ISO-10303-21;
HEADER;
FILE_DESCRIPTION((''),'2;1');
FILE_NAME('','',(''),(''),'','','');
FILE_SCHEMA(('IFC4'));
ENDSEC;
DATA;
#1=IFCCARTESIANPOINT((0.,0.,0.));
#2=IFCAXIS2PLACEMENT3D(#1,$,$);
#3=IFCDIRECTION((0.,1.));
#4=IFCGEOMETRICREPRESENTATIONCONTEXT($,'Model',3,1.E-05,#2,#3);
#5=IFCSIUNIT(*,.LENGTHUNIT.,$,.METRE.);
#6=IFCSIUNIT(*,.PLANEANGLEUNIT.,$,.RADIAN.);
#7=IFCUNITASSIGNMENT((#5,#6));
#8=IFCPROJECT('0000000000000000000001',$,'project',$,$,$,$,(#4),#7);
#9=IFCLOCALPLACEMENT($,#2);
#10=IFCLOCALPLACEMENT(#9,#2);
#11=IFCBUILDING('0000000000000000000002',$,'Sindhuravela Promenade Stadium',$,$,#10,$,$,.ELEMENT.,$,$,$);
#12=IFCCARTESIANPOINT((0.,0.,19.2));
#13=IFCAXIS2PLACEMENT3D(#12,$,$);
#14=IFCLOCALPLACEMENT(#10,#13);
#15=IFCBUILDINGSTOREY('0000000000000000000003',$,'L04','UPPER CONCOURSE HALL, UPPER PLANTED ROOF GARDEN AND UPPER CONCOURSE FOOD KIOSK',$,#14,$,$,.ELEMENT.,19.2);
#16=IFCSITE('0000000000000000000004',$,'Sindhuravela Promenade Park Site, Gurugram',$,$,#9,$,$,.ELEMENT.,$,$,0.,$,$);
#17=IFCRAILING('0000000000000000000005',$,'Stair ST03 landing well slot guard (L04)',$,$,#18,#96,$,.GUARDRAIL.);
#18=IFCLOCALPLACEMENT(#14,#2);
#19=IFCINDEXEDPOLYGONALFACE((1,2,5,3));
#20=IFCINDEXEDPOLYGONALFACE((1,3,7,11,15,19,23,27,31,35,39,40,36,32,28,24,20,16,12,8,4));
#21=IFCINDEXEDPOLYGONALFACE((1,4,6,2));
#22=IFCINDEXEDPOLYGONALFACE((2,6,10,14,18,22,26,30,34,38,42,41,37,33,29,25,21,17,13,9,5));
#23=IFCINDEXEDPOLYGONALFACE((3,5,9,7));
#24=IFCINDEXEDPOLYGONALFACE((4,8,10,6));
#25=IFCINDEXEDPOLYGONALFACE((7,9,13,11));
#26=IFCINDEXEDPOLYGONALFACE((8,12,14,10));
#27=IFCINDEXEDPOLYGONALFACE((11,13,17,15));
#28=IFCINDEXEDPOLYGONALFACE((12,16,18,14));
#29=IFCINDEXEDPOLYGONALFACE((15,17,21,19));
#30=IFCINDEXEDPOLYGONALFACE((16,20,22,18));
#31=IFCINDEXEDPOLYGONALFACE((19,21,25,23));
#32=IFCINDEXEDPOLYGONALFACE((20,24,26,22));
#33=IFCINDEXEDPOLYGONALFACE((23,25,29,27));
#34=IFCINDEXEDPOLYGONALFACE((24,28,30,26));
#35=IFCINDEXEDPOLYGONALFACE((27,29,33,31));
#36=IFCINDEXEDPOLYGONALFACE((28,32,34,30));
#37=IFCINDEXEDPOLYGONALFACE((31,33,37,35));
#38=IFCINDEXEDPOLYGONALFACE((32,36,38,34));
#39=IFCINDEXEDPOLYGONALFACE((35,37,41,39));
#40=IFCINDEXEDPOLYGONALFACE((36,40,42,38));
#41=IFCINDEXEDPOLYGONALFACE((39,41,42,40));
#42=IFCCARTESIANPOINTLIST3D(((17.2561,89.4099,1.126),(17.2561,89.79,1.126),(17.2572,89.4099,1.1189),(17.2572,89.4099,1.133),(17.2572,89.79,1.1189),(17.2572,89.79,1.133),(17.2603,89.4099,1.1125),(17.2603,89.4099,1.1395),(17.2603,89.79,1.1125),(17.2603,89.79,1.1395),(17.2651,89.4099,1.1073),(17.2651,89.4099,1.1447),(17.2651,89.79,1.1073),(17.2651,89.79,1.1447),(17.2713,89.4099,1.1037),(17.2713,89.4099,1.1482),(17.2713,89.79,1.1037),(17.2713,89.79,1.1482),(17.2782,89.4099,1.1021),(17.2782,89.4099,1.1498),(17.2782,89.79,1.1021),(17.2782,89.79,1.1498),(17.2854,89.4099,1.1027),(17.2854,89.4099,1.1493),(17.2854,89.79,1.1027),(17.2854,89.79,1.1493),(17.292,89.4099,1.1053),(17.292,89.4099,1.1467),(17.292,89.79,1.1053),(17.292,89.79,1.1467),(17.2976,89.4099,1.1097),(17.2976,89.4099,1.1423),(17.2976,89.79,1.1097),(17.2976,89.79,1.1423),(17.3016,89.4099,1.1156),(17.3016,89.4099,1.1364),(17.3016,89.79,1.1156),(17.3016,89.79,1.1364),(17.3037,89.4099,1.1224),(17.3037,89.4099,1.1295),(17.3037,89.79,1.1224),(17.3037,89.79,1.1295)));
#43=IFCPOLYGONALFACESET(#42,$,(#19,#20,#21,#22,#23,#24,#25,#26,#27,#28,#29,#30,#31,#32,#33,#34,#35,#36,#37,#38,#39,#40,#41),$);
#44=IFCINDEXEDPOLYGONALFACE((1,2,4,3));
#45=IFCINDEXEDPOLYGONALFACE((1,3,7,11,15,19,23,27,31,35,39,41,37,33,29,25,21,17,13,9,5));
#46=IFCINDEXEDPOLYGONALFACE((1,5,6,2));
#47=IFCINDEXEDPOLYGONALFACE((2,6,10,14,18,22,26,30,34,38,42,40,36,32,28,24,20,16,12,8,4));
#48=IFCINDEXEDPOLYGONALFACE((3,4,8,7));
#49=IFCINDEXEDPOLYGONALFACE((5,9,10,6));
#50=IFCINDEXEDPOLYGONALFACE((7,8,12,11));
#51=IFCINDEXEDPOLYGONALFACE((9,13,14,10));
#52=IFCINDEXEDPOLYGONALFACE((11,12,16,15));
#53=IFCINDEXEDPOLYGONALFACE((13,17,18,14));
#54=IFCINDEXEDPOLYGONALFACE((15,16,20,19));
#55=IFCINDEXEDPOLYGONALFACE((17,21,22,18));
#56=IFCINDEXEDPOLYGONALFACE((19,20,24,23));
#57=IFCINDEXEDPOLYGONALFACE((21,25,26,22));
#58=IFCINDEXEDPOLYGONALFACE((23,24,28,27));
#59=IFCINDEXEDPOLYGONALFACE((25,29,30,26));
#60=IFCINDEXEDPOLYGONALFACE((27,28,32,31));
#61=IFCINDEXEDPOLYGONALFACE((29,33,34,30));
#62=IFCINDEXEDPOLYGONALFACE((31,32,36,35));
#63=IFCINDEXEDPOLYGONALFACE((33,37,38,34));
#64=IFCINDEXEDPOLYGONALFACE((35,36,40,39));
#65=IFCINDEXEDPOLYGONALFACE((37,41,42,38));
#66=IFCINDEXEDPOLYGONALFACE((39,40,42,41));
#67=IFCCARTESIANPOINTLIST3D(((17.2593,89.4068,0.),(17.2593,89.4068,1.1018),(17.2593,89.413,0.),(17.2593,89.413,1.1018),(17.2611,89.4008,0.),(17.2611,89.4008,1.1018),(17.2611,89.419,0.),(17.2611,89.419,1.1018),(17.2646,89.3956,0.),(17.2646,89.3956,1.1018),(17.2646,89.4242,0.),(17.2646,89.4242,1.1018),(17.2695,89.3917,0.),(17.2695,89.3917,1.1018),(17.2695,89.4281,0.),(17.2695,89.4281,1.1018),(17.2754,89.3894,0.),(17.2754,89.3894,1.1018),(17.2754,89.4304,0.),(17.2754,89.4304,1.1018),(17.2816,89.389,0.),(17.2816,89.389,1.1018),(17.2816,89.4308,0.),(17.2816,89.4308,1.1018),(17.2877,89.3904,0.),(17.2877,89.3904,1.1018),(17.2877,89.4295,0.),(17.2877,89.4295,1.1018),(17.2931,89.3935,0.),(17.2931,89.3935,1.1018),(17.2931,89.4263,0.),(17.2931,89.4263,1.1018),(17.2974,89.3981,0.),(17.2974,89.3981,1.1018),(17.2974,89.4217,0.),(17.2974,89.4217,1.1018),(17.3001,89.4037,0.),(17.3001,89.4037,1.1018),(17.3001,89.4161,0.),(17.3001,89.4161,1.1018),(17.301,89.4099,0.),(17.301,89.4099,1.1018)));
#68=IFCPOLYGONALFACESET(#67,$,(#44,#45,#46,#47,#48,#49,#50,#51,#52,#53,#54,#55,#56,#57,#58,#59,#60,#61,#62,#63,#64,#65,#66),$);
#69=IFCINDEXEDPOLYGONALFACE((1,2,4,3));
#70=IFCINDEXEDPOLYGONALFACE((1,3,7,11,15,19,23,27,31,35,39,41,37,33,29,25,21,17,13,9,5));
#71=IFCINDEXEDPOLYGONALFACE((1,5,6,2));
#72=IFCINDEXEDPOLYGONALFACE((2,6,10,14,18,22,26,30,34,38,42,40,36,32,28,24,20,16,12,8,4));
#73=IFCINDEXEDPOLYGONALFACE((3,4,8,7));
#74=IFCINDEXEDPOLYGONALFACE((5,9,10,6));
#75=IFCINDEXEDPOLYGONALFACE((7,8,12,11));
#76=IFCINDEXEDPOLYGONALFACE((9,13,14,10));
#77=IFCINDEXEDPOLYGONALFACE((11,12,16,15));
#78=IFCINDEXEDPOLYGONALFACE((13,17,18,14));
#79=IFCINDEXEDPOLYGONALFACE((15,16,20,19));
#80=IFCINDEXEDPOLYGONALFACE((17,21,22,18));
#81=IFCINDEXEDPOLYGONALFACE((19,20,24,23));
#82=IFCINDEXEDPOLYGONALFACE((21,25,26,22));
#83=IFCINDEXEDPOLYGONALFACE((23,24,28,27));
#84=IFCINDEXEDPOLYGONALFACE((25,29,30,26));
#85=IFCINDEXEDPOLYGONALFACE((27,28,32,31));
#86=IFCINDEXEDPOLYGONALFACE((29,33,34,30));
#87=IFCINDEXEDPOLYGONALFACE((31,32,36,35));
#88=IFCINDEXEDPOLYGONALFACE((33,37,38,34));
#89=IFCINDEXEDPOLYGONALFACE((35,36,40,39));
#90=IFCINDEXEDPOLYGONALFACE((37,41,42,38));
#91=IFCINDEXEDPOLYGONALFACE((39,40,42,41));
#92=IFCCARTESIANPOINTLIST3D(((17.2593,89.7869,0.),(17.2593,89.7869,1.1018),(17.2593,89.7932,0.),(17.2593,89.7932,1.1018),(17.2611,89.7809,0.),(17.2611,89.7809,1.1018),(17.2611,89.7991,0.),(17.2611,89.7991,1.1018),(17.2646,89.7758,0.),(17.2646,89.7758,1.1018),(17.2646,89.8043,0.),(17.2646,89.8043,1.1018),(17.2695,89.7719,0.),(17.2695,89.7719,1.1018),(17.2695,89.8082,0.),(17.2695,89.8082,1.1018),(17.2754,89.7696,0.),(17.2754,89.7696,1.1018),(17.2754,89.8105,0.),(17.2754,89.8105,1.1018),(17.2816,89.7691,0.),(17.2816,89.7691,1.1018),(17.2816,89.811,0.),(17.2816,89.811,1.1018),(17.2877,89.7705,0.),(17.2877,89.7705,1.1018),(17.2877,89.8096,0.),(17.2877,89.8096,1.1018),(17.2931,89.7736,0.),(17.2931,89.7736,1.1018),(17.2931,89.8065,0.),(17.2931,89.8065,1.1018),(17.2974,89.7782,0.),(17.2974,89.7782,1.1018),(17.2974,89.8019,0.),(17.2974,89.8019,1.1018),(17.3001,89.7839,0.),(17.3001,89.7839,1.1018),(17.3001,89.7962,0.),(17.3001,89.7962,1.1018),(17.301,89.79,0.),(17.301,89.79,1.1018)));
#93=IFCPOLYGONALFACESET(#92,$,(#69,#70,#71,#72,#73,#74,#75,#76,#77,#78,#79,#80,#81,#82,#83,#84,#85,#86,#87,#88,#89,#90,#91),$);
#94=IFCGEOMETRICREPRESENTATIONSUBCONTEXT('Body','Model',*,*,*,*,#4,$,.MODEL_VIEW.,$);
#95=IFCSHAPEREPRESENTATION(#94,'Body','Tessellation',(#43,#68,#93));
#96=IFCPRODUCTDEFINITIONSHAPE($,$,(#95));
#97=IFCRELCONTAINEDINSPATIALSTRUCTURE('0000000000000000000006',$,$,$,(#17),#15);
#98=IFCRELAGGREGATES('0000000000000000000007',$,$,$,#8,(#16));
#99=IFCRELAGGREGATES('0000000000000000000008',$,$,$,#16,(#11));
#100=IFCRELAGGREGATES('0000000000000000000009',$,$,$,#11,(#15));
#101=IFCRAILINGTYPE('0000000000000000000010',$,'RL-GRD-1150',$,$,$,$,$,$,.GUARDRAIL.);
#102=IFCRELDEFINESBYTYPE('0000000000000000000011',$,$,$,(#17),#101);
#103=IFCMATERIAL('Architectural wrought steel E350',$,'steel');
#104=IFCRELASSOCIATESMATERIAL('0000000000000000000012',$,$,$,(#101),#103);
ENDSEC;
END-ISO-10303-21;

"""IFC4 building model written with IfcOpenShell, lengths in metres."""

from ifc_helpers import new_model, si_unit, direction, frame, origin, origin_2d, place, context, subcontext, project, spatial, circle, extrude, material, type_object, element, save


model = new_model("IFC4")

# Units and contexts
model_context = context("Model", 3, precision=1e-05, world=origin(), true_north=direction((0.0, 1.0)))
body_context = subcontext(model_context, "Body", "Model", "MODEL_VIEW")
ifc_project = project(units=[si_unit("LENGTHUNIT", "METRE"), si_unit("PLANEANGLEUNIT", "RADIAN")], contexts=[model_context])

# Site, building, storey
site_placement = place(None, origin())
site = spatial("IfcSite", under=ifc_project, at=site_placement, Name="Sindhuravela Promenade Park Site, Gurugram", CompositionType="ELEMENT", RefElevation=0.0)
building_placement = place(site_placement, origin())
building = spatial("IfcBuilding", under=site, at=building_placement, Name="Sindhuravela Promenade Stadium", CompositionType="ELEMENT")
storey_placement = place(building_placement, frame((0.0, 0.0, 19.2)))
storey = spatial("IfcBuildingStorey", under=building, at=storey_placement, Name="L04", Description="UPPER CONCOURSE HALL, UPPER PLANTED ROOF GARDEN AND UPPER CONCOURSE FOOD KIOSK", CompositionType="ELEMENT", Elevation=19.2)

# Shared definitions
ifc_material_1 = material(Name="Architectural wrought steel E350", Category="steel")

# Railing
railing_type = type_object("IfcRailingType", Name="RL-GRD-1150", PredefinedType="GUARDRAIL", material=ifc_material_1)
railing_1_placement = place(storey_placement, frame((17.28, 89.4099, 0.0)))
element("IfcRailing", 1, at=railing_1_placement, inside=storey, type_object=railing_type, Name="Stair ST03 landing well slot guard (L04)", PredefinedType="GUARDRAIL", context=body_context, shape_type="SweptSolid", body=[
    extrude(circle(Radius=0.0239, at=origin_2d()), frame((0.0, 0.0, 1.126), z_axis=(0.0, 1.0, 0.0), x_axis=(-1.0, 0.0, 0.0)), (0.0, 0.0, 1.0), 0.3801),
    extrude(circle(Radius=0.021, at=origin_2d()), origin(), (0.0, 0.0, 1.0), 1.1018),
    extrude(circle(Radius=0.021, at=origin_2d()), frame((0.0, 0.3801, 0.0)), (0.0, 0.0, 1.0), 1.1018),
])

save(model, "model.ifc")
